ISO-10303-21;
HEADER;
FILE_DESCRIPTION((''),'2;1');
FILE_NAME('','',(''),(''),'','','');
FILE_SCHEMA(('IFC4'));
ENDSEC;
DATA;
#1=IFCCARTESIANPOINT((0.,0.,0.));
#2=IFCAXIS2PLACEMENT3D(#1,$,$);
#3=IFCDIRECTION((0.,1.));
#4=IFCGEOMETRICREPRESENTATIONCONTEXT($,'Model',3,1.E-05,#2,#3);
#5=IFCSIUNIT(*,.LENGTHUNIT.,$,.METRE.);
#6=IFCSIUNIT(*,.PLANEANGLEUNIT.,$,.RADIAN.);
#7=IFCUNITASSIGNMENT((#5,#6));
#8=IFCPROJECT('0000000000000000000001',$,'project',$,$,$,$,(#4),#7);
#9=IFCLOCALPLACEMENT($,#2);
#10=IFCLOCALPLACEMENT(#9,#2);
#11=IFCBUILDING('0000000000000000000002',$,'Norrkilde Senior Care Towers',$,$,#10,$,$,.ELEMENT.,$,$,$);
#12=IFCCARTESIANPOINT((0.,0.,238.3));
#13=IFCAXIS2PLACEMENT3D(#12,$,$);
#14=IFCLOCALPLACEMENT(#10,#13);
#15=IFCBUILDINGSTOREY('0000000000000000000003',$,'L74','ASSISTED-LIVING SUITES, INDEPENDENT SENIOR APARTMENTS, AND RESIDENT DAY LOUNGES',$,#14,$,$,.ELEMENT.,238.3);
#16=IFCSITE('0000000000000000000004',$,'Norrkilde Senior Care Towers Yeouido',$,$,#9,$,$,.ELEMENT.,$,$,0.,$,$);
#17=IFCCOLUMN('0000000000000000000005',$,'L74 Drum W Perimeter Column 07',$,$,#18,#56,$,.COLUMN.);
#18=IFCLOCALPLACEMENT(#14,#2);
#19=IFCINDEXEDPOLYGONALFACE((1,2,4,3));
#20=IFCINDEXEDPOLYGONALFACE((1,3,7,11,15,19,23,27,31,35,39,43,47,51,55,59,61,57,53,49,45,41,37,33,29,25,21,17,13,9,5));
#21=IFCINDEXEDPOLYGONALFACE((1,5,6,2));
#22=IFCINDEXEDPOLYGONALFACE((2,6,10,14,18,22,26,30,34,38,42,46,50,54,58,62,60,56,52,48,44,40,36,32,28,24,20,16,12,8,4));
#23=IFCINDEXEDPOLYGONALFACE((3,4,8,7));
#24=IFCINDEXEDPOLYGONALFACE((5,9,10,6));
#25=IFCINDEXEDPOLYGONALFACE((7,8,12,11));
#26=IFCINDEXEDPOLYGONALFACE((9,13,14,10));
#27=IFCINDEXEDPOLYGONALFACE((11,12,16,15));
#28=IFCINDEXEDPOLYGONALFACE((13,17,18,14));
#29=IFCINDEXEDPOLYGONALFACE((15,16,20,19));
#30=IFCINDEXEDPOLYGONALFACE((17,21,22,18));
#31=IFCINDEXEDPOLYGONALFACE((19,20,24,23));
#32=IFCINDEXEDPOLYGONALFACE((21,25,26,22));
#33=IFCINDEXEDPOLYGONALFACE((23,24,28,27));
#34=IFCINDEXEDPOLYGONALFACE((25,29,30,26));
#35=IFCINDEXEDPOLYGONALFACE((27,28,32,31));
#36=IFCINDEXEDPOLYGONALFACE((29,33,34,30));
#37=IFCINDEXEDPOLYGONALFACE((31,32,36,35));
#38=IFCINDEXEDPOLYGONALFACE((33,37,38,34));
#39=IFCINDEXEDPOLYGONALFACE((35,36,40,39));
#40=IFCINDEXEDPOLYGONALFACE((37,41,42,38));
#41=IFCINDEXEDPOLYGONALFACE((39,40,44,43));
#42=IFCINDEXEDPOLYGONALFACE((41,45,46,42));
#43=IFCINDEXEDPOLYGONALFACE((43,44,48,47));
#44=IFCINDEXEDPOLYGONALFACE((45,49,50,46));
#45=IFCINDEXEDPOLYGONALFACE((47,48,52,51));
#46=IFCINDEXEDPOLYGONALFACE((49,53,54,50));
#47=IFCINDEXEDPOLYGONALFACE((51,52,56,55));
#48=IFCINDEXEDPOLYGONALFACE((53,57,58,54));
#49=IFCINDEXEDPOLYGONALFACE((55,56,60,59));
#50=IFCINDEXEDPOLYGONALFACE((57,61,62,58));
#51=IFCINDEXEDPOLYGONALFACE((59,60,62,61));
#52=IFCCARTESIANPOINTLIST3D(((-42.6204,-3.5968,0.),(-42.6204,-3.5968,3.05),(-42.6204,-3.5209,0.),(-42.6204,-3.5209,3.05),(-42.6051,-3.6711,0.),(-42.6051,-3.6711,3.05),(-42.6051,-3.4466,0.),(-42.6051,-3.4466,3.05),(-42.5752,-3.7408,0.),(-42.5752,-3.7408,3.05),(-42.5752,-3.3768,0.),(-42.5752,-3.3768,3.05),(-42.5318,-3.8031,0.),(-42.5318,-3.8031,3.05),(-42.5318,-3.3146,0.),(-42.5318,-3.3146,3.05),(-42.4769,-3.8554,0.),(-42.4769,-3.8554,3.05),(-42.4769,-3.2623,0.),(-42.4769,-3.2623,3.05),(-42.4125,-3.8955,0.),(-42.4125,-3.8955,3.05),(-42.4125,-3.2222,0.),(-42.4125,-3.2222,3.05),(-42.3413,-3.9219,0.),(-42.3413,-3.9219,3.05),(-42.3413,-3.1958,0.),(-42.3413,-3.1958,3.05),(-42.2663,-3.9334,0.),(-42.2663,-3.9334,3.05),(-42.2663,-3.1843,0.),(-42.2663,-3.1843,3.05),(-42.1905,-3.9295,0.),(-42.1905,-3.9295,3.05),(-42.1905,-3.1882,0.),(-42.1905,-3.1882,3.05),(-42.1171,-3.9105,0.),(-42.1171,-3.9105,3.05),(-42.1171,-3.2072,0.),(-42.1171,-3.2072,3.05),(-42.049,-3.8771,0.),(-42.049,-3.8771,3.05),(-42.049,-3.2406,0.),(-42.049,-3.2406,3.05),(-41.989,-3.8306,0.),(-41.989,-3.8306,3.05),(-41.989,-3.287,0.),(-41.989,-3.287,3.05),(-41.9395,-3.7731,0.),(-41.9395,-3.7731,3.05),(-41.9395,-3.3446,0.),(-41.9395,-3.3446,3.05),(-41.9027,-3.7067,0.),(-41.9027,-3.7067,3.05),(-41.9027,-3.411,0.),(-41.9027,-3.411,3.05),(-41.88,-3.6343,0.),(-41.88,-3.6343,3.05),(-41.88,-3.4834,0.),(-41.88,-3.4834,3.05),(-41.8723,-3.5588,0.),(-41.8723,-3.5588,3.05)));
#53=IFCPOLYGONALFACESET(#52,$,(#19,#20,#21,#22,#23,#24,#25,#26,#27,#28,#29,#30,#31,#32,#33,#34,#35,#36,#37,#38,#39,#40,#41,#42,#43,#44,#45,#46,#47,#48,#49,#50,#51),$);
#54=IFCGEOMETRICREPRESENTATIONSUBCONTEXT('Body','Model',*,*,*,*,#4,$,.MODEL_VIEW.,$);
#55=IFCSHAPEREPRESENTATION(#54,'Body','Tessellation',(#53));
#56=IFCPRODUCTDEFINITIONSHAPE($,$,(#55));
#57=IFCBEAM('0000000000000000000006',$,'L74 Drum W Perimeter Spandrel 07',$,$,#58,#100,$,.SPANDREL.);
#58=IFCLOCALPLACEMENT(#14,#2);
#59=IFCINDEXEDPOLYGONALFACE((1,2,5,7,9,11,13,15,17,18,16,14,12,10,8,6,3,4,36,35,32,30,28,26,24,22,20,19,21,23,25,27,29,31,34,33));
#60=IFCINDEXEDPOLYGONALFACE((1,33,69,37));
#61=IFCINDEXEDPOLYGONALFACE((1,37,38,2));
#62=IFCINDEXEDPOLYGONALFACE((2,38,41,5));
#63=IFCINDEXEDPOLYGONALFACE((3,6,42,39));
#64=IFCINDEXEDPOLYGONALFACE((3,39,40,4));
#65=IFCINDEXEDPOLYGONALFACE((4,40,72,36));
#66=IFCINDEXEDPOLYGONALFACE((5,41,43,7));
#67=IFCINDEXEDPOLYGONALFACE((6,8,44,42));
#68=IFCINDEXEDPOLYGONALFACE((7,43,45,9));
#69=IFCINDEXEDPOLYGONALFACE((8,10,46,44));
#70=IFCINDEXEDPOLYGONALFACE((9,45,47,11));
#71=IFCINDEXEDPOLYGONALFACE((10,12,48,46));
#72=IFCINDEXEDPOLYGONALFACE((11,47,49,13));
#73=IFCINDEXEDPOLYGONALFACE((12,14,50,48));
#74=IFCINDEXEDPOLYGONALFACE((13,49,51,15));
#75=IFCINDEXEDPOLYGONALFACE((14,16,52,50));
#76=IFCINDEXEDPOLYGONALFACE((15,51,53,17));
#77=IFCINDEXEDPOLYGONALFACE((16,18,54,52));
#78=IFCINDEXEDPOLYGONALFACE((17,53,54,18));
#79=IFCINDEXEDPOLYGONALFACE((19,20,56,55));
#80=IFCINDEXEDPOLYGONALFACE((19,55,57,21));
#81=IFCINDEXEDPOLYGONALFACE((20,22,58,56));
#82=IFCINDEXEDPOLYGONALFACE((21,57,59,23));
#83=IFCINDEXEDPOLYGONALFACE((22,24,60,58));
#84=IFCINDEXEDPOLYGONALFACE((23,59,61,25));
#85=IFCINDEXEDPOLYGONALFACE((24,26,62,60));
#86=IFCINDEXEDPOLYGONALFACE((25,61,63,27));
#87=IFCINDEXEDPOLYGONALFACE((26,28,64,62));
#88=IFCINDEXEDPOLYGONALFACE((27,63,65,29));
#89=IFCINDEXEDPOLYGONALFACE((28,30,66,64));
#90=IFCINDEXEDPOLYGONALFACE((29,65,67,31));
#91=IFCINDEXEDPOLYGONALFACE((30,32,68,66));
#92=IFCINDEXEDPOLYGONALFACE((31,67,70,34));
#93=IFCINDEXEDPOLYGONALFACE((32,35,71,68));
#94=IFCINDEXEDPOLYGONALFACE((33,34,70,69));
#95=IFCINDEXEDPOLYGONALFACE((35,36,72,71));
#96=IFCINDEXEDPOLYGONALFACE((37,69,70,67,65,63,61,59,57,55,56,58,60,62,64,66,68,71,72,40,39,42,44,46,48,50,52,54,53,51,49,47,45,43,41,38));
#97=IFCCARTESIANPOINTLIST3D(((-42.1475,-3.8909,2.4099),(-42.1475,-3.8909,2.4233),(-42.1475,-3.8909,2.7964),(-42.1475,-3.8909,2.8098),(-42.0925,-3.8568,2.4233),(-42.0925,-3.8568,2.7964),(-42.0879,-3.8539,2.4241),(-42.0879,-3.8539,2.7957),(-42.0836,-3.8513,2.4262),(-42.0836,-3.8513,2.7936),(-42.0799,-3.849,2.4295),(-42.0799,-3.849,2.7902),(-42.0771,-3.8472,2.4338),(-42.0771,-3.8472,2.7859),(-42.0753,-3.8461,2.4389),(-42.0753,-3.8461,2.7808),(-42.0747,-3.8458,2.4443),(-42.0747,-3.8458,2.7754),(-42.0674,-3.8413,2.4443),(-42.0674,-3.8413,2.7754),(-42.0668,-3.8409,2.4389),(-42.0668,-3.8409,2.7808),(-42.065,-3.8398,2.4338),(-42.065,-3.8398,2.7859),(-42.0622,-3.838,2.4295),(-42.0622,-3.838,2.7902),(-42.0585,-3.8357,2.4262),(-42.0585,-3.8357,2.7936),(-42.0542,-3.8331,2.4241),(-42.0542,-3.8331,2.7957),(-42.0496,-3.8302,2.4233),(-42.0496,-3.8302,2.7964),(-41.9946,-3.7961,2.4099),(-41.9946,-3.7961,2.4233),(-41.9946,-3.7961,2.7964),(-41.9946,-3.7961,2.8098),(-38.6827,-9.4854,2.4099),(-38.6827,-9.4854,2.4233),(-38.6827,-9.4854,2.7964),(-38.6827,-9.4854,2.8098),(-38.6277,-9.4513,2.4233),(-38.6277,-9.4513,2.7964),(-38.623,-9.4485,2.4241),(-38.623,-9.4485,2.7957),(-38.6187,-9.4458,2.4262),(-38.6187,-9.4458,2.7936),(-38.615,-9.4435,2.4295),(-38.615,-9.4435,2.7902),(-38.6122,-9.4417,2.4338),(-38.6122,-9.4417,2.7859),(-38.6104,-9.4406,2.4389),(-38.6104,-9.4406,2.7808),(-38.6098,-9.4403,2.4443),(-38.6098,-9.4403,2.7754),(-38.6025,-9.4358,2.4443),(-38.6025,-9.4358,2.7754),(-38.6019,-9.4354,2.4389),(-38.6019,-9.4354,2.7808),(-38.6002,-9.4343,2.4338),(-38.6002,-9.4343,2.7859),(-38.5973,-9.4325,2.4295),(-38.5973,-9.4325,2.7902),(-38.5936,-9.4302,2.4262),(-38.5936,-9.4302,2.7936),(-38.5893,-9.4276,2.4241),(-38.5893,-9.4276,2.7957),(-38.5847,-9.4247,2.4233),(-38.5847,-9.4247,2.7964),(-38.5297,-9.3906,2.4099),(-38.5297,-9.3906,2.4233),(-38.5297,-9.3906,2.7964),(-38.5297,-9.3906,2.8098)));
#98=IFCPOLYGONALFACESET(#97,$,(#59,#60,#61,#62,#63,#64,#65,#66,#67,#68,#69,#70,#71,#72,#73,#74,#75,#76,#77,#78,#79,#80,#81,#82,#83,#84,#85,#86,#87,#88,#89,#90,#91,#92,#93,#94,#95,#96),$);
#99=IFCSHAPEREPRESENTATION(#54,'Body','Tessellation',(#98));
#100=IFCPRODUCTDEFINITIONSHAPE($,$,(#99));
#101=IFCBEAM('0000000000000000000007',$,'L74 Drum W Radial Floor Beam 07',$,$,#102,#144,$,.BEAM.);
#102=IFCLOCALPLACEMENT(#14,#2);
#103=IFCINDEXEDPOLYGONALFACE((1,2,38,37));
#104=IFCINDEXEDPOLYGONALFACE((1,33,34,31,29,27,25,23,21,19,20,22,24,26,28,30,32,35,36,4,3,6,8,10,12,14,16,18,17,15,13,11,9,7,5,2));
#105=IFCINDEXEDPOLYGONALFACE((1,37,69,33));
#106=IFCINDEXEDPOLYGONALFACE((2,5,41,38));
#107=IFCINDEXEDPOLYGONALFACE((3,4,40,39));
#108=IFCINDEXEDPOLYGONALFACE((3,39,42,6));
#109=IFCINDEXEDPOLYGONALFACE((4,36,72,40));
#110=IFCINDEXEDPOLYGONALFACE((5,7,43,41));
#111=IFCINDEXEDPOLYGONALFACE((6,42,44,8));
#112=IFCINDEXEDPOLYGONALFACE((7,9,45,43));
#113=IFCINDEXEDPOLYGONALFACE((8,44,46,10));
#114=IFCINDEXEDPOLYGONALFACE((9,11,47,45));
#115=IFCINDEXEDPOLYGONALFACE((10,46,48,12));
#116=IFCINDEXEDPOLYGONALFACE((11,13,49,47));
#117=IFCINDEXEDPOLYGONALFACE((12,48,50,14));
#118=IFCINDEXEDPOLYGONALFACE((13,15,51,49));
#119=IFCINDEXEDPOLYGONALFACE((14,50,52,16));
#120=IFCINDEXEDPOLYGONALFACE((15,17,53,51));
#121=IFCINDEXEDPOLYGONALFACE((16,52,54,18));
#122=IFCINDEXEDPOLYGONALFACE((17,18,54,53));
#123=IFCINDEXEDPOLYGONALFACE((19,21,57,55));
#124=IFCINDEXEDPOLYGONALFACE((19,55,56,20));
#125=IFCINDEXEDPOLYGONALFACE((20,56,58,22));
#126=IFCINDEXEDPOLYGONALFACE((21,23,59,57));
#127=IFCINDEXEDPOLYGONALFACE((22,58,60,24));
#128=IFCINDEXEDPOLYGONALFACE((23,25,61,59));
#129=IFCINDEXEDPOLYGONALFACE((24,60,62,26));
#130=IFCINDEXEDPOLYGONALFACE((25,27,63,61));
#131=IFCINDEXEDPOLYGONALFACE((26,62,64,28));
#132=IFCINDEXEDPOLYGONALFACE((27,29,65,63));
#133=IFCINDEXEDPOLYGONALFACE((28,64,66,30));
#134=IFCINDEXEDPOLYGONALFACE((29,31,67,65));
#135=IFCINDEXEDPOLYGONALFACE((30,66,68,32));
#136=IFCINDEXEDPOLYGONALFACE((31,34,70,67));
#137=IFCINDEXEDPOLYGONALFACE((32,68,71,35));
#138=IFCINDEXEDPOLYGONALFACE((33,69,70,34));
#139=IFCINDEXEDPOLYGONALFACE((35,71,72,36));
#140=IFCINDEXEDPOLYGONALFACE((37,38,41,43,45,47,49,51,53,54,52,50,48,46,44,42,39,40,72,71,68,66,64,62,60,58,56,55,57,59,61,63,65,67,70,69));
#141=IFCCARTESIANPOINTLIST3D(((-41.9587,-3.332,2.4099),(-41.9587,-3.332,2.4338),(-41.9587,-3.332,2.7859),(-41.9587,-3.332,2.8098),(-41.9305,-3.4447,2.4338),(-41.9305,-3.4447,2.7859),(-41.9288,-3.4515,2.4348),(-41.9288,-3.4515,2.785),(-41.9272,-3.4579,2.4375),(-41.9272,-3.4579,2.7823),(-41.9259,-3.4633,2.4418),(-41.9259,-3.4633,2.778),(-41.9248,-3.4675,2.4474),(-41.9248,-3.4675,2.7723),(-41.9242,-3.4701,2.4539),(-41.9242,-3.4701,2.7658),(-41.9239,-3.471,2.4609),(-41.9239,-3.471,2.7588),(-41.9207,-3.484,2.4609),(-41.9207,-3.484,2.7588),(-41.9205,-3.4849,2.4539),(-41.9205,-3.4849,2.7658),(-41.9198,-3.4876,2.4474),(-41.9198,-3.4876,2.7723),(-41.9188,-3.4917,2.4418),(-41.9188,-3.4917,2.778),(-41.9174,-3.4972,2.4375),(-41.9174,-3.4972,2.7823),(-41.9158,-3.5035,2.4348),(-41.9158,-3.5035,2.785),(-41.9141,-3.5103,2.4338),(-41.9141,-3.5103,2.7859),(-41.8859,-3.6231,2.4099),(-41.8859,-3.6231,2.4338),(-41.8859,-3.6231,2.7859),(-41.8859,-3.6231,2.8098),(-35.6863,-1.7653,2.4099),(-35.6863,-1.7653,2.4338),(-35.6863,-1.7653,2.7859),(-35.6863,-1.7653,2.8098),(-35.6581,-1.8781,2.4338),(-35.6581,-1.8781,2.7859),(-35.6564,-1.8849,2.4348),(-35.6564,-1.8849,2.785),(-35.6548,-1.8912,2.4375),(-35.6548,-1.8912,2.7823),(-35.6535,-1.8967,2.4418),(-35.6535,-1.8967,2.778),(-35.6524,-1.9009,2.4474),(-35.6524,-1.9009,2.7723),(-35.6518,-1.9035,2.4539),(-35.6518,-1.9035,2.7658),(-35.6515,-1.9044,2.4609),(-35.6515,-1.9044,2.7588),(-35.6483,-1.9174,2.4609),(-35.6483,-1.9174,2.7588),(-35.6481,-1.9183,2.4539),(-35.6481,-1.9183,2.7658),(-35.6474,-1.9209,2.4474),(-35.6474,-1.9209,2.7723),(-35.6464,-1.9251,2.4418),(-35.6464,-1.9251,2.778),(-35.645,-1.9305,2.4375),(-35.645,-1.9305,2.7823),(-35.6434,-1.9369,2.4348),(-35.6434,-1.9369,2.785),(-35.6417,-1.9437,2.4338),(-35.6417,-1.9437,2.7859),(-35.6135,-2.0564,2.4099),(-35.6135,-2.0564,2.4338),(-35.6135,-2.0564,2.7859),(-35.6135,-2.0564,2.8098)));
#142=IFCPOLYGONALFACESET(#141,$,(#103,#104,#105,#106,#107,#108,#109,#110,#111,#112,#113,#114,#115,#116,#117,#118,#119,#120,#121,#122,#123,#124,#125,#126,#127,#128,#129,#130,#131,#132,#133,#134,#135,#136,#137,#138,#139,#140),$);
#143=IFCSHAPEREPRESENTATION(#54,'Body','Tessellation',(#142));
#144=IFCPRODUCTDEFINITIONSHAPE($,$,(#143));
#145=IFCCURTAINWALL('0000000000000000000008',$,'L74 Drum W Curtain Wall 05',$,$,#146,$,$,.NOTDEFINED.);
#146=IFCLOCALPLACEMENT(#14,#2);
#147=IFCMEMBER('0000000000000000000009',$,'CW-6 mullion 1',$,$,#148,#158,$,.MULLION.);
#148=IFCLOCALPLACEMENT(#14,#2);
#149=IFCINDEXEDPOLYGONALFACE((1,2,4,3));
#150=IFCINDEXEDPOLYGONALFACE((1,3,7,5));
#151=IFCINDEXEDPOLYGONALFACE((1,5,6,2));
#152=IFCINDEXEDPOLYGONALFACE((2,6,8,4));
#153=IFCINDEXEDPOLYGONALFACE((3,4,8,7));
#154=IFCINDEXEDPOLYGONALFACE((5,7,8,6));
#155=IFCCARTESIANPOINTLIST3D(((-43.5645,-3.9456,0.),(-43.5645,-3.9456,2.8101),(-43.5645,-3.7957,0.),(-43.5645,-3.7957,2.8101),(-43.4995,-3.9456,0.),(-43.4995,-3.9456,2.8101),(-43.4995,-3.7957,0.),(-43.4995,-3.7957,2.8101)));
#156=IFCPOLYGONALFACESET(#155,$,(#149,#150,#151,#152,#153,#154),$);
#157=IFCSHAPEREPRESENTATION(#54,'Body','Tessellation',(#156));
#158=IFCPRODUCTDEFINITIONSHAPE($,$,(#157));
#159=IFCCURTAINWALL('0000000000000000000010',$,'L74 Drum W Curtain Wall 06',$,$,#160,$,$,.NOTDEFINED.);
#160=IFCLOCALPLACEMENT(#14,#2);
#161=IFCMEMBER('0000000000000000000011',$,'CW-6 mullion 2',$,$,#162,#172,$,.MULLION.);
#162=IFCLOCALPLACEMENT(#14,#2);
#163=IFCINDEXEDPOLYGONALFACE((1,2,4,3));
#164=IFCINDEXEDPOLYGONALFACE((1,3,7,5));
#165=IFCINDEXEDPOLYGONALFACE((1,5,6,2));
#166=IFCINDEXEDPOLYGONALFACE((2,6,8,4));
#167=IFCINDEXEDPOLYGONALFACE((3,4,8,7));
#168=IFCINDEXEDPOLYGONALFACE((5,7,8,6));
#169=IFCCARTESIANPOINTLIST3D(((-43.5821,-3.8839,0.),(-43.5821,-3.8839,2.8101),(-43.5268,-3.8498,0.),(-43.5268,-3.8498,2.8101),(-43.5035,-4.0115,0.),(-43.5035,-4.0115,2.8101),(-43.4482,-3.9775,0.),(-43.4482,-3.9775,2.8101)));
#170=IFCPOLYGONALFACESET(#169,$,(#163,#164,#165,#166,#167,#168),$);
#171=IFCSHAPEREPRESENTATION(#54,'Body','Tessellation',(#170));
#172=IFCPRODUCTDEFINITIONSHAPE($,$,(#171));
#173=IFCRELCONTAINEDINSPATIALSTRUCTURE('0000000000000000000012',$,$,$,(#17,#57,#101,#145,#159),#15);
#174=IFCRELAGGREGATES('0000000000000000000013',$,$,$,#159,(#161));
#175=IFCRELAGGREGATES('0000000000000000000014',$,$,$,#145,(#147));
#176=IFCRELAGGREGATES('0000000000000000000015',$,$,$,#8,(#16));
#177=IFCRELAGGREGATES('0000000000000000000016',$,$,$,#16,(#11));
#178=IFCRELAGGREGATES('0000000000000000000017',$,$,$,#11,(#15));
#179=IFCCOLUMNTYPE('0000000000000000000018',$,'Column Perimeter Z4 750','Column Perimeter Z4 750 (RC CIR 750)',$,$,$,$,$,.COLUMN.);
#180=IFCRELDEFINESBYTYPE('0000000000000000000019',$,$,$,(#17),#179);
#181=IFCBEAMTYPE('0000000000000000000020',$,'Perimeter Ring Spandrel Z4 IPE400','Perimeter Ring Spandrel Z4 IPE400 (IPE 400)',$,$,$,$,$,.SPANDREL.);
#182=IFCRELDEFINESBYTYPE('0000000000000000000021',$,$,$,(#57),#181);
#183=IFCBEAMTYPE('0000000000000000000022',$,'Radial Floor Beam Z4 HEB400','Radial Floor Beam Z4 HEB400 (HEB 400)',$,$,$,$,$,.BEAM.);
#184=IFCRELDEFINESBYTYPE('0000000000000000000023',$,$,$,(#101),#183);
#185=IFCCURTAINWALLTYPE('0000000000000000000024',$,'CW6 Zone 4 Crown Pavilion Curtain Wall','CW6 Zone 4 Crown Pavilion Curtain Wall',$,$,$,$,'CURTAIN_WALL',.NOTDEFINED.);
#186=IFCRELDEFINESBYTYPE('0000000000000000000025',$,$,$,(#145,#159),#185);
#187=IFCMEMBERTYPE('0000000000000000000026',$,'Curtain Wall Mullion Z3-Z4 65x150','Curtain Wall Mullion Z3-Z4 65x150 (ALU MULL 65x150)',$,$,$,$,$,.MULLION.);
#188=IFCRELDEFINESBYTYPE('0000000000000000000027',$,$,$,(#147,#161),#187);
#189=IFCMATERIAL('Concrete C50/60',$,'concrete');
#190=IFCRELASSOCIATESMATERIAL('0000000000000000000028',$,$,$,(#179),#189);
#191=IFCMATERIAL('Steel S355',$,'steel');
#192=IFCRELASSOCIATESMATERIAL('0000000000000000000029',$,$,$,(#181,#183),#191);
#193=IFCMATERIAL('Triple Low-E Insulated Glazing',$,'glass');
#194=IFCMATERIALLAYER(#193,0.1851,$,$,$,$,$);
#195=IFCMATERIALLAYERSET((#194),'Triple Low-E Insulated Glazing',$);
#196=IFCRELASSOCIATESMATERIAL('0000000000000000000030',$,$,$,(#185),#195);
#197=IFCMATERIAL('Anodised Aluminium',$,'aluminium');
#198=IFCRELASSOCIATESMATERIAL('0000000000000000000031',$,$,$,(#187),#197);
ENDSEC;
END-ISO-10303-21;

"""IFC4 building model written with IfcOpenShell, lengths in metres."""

from ifc_helpers import new_model, si_unit, direction, frame, origin, origin_2d, place, context, subcontext, project, spatial, rectangle, circle, i_section, extrude, source, transform, mapped, material, layer, layer_set, material_profile, profile_set, type_object, type_shapes, element, aggregate, save


model = new_model("IFC4")

# Units and contexts
model_context = context("Model", 3, precision=1e-05, world=origin(), true_north=direction((0.0, 1.0)))
body_context = subcontext(model_context, "Body", "Model", "MODEL_VIEW")
ifc_project = project(units=[si_unit("LENGTHUNIT", "METRE"), si_unit("PLANEANGLEUNIT", "RADIAN")], contexts=[model_context])

# Site, building, storey
site_placement = place(None, origin())
site = spatial("IfcSite", under=ifc_project, at=site_placement, Name="Norrkilde Senior Care Towers Yeouido", CompositionType="ELEMENT", RefElevation=0.0)
building_placement = place(site_placement, origin())
building = spatial("IfcBuilding", under=site, at=building_placement, Name="Norrkilde Senior Care Towers", CompositionType="ELEMENT")
storey_placement = place(building_placement, frame((0.0, 0.0, 238.3)))
storey = spatial("IfcBuildingStorey", under=building, at=storey_placement, Name="L74", Description="ASSISTED-LIVING SUITES, INDEPENDENT SENIOR APARTMENTS, AND RESIDENT DAY LOUNGES", CompositionType="ELEMENT", Elevation=238.3)

# Column
ifc_material_1 = material(Name="Concrete C50/60", Category="concrete")
ifc_material_profile_1 = material_profile(ifc_material_1, circle(Radius=0.375, at=origin_2d()), Name="RC CIR 750")
ifc_profile_set_1 = profile_set([ifc_material_profile_1], Name="Concrete C50/60")
column_type = type_object("IfcColumnType", Name="Column Perimeter Z4 750", Description="Column Perimeter Z4 750 (RC CIR 750)", PredefinedType="COLUMN", material=ifc_profile_set_1)
shared_shape_1 = source(origin(), body_context, "Body", "SweptSolid", [
    extrude(circle(Radius=0.375, at=origin_2d()), origin(), (0.0, 0.0, 1.0), 3.05),
])
type_shapes(column_type, [shared_shape_1])
column_placement = place(storey_placement, frame((-42.2473, -3.5588, 0.0), z_axis=(0.0, 0.0, 1.0), x_axis=(1.0, 0.0, 0.0)))
element("IfcColumn", 1, at=column_placement, inside=storey, type_object=column_type, Name="L74 Drum W Perimeter Column 07", PredefinedType="COLUMN", context=body_context, shape_type="MappedRepresentation", body=[
    mapped(shared_shape_1, transform((0.0, 0.0, 0.0), x_axis=(1.0, 0.0, 0.0), y_axis=(0.0, 1.0, 0.0), z_axis=(0.0, 0.0, 1.0), scale=1.0)),
])

# Beams
ifc_material_2 = material(Name="Steel S355", Category="steel")
ifc_material_profile_2 = material_profile(ifc_material_2, i_section(OverallWidth=0.1799, OverallDepth=0.3999, WebThickness=0.0085, FlangeThickness=0.0134, FilletRadius=0.021, at=origin_2d()), Name="IPE 400")
ifc_profile_set_2 = profile_set([ifc_material_profile_2], Name="Steel S355")
beam_type_1 = type_object("IfcBeamType", Name="Perimeter Ring Spandrel Z4 IPE400", Description="Perimeter Ring Spandrel Z4 IPE400 (IPE 400)", PredefinedType="SPANDREL", material=ifc_profile_set_2)
shared_shape_2 = source(origin(), body_context, "Body", "SweptSolid", [
    extrude(i_section(OverallWidth=0.1799, OverallDepth=0.3999, WebThickness=0.0085, FlangeThickness=0.0134, FilletRadius=0.021, at=origin_2d()), origin(), (0.0, 0.0, 1.0), 6.5806),
])
type_shapes(beam_type_1, [shared_shape_2])
beam_1_placement = place(storey_placement, frame((-42.071, -3.8435, 2.6099), z_axis=(0.52653, -0.850157, 0.0), x_axis=(0.850157, 0.52653, 0.0)))
element("IfcBeam", 2, at=beam_1_placement, inside=storey, type_object=beam_type_1, Name="L74 Drum W Perimeter Spandrel 07", PredefinedType="SPANDREL", context=body_context, shape_type="MappedRepresentation", body=[
    mapped(shared_shape_2, transform((0.0, 0.0, 0.0), x_axis=(1.0, 0.0, 0.0), y_axis=(0.0, 1.0, 0.0), z_axis=(0.0, 0.0, 1.0), scale=1.0)),
])
ifc_material_profile_3 = material_profile(ifc_material_2, i_section(OverallWidth=0.3, OverallDepth=0.3999, WebThickness=0.0134, FlangeThickness=0.0239, FilletRadius=0.0271, at=origin_2d()), Name="HEB 400")
ifc_profile_set_3 = profile_set([ifc_material_profile_3], Name="Steel S355")
beam_type_2 = type_object("IfcBeamType", Name="Radial Floor Beam Z4 HEB400", Description="Radial Floor Beam Z4 HEB400 (HEB 400)", PredefinedType="BEAM", material=ifc_profile_set_3)
shared_shape_3 = source(origin(), body_context, "Body", "SweptSolid", [
    extrude(i_section(OverallWidth=0.3, OverallDepth=0.3999, WebThickness=0.0134, FlangeThickness=0.0239, FilletRadius=0.0271, at=origin_2d()), origin(), (0.0, 0.0, 1.0), 6.4651),
])
type_shapes(beam_type_2, [shared_shape_3])
beam_2_placement = place(storey_placement, frame((-35.6499, -1.9109, 2.6099), z_axis=(-0.970196, -0.242322, 0.0), x_axis=(0.242322, -0.970196, 0.0)))
element("IfcBeam", 3, at=beam_2_placement, inside=storey, type_object=beam_type_2, Name="L74 Drum W Radial Floor Beam 07", PredefinedType="BEAM", context=body_context, shape_type="MappedRepresentation", body=[
    mapped(shared_shape_3, transform((0.0, 0.0, 0.0), x_axis=(1.0, 0.0, 0.0), y_axis=(0.0, 1.0, 0.0), z_axis=(0.0, 0.0, 1.0), scale=1.0)),
])

# Curtain walls, members
ifc_material_3 = material(Name="Triple Low-E Insulated Glazing", Category="glass")
ifc_layer_1 = layer(ifc_material_3, 0.1851)
ifc_layer_set_1 = layer_set([ifc_layer_1], Name="Triple Low-E Insulated Glazing")
curtain_wall_type = type_object("IfcCurtainWallType", Name="CW6 Zone 4 Crown Pavilion Curtain Wall", Description="CW6 Zone 4 Crown Pavilion Curtain Wall", ElementType="CURTAIN_WALL", PredefinedType="NOTDEFINED", material=ifc_layer_set_1)
curtain_wall_1_placement = place(storey_placement, origin())
curtain_wall_1 = element("IfcCurtainWall", 4, at=curtain_wall_1_placement, inside=storey, type_object=curtain_wall_type, Name="L74 Drum W Curtain Wall 05", PredefinedType="NOTDEFINED")
ifc_material_4 = material(Name="Anodised Aluminium", Category="aluminium")
ifc_material_profile_4 = material_profile(ifc_material_4, rectangle(XDim=0.0649, YDim=0.1499, at=origin_2d()), Name="ALU MULL 65x150")
ifc_profile_set_4 = profile_set([ifc_material_profile_4], Name="Anodised Aluminium")
member_type_1 = type_object("IfcMemberType", Name="Curtain Wall Mullion Z3-Z4 65x150", Description="Curtain Wall Mullion Z3-Z4 65x150 (ALU MULL 65x150)", PredefinedType="MULLION", material=ifc_profile_set_4)
shared_shape_4 = source(origin(), body_context, "Body", "SweptSolid", [
    extrude(rectangle(XDim=0.0649, YDim=0.1499, at=origin_2d()), origin(), (0.0, 0.0, 1.0), 2.8101),
])
type_shapes(member_type_1, [shared_shape_4])
member_1_placement = place(storey_placement, frame((-43.532, -3.8706, 0.0), z_axis=(0.0, 0.0, 1.0), x_axis=(-1.0, 0.0, 0.0)))
member_1 = element("IfcMember", 5, at=member_1_placement, type_object=member_type_1, Name="CW-6 mullion 1", PredefinedType="MULLION", context=body_context, shape_type="MappedRepresentation", body=[
    mapped(shared_shape_4, transform((0.0, 0.0, 0.0), x_axis=(1.0, 0.0, 0.0), y_axis=(0.0, 1.0, 0.0), z_axis=(0.0, 0.0, 1.0), scale=1.0)),
])
curtain_wall_2_placement = place(storey_placement, origin())
curtain_wall_2 = element("IfcCurtainWall", 6, at=curtain_wall_2_placement, inside=storey, type_object=curtain_wall_type, Name="L74 Drum W Curtain Wall 06", PredefinedType="NOTDEFINED")
member_2_placement = place(storey_placement, frame((-43.5151, -3.9307, 0.0), z_axis=(0.0, 0.0, 1.0), x_axis=(-0.851563, -0.524253, 0.0)))
member_2 = element("IfcMember", 7, at=member_2_placement, type_object=member_type_1, Name="CW-6 mullion 2", PredefinedType="MULLION", context=body_context, shape_type="MappedRepresentation", body=[
    mapped(shared_shape_4, transform((0.0, 0.0, 0.0), x_axis=(1.0, 0.0, 0.0), y_axis=(0.0, 1.0, 0.0), z_axis=(0.0, 0.0, 1.0), scale=1.0)),
])
aggregate(curtain_wall_2, [member_2])

aggregate(curtain_wall_1, [member_1])

save(model, "model.ifc")
